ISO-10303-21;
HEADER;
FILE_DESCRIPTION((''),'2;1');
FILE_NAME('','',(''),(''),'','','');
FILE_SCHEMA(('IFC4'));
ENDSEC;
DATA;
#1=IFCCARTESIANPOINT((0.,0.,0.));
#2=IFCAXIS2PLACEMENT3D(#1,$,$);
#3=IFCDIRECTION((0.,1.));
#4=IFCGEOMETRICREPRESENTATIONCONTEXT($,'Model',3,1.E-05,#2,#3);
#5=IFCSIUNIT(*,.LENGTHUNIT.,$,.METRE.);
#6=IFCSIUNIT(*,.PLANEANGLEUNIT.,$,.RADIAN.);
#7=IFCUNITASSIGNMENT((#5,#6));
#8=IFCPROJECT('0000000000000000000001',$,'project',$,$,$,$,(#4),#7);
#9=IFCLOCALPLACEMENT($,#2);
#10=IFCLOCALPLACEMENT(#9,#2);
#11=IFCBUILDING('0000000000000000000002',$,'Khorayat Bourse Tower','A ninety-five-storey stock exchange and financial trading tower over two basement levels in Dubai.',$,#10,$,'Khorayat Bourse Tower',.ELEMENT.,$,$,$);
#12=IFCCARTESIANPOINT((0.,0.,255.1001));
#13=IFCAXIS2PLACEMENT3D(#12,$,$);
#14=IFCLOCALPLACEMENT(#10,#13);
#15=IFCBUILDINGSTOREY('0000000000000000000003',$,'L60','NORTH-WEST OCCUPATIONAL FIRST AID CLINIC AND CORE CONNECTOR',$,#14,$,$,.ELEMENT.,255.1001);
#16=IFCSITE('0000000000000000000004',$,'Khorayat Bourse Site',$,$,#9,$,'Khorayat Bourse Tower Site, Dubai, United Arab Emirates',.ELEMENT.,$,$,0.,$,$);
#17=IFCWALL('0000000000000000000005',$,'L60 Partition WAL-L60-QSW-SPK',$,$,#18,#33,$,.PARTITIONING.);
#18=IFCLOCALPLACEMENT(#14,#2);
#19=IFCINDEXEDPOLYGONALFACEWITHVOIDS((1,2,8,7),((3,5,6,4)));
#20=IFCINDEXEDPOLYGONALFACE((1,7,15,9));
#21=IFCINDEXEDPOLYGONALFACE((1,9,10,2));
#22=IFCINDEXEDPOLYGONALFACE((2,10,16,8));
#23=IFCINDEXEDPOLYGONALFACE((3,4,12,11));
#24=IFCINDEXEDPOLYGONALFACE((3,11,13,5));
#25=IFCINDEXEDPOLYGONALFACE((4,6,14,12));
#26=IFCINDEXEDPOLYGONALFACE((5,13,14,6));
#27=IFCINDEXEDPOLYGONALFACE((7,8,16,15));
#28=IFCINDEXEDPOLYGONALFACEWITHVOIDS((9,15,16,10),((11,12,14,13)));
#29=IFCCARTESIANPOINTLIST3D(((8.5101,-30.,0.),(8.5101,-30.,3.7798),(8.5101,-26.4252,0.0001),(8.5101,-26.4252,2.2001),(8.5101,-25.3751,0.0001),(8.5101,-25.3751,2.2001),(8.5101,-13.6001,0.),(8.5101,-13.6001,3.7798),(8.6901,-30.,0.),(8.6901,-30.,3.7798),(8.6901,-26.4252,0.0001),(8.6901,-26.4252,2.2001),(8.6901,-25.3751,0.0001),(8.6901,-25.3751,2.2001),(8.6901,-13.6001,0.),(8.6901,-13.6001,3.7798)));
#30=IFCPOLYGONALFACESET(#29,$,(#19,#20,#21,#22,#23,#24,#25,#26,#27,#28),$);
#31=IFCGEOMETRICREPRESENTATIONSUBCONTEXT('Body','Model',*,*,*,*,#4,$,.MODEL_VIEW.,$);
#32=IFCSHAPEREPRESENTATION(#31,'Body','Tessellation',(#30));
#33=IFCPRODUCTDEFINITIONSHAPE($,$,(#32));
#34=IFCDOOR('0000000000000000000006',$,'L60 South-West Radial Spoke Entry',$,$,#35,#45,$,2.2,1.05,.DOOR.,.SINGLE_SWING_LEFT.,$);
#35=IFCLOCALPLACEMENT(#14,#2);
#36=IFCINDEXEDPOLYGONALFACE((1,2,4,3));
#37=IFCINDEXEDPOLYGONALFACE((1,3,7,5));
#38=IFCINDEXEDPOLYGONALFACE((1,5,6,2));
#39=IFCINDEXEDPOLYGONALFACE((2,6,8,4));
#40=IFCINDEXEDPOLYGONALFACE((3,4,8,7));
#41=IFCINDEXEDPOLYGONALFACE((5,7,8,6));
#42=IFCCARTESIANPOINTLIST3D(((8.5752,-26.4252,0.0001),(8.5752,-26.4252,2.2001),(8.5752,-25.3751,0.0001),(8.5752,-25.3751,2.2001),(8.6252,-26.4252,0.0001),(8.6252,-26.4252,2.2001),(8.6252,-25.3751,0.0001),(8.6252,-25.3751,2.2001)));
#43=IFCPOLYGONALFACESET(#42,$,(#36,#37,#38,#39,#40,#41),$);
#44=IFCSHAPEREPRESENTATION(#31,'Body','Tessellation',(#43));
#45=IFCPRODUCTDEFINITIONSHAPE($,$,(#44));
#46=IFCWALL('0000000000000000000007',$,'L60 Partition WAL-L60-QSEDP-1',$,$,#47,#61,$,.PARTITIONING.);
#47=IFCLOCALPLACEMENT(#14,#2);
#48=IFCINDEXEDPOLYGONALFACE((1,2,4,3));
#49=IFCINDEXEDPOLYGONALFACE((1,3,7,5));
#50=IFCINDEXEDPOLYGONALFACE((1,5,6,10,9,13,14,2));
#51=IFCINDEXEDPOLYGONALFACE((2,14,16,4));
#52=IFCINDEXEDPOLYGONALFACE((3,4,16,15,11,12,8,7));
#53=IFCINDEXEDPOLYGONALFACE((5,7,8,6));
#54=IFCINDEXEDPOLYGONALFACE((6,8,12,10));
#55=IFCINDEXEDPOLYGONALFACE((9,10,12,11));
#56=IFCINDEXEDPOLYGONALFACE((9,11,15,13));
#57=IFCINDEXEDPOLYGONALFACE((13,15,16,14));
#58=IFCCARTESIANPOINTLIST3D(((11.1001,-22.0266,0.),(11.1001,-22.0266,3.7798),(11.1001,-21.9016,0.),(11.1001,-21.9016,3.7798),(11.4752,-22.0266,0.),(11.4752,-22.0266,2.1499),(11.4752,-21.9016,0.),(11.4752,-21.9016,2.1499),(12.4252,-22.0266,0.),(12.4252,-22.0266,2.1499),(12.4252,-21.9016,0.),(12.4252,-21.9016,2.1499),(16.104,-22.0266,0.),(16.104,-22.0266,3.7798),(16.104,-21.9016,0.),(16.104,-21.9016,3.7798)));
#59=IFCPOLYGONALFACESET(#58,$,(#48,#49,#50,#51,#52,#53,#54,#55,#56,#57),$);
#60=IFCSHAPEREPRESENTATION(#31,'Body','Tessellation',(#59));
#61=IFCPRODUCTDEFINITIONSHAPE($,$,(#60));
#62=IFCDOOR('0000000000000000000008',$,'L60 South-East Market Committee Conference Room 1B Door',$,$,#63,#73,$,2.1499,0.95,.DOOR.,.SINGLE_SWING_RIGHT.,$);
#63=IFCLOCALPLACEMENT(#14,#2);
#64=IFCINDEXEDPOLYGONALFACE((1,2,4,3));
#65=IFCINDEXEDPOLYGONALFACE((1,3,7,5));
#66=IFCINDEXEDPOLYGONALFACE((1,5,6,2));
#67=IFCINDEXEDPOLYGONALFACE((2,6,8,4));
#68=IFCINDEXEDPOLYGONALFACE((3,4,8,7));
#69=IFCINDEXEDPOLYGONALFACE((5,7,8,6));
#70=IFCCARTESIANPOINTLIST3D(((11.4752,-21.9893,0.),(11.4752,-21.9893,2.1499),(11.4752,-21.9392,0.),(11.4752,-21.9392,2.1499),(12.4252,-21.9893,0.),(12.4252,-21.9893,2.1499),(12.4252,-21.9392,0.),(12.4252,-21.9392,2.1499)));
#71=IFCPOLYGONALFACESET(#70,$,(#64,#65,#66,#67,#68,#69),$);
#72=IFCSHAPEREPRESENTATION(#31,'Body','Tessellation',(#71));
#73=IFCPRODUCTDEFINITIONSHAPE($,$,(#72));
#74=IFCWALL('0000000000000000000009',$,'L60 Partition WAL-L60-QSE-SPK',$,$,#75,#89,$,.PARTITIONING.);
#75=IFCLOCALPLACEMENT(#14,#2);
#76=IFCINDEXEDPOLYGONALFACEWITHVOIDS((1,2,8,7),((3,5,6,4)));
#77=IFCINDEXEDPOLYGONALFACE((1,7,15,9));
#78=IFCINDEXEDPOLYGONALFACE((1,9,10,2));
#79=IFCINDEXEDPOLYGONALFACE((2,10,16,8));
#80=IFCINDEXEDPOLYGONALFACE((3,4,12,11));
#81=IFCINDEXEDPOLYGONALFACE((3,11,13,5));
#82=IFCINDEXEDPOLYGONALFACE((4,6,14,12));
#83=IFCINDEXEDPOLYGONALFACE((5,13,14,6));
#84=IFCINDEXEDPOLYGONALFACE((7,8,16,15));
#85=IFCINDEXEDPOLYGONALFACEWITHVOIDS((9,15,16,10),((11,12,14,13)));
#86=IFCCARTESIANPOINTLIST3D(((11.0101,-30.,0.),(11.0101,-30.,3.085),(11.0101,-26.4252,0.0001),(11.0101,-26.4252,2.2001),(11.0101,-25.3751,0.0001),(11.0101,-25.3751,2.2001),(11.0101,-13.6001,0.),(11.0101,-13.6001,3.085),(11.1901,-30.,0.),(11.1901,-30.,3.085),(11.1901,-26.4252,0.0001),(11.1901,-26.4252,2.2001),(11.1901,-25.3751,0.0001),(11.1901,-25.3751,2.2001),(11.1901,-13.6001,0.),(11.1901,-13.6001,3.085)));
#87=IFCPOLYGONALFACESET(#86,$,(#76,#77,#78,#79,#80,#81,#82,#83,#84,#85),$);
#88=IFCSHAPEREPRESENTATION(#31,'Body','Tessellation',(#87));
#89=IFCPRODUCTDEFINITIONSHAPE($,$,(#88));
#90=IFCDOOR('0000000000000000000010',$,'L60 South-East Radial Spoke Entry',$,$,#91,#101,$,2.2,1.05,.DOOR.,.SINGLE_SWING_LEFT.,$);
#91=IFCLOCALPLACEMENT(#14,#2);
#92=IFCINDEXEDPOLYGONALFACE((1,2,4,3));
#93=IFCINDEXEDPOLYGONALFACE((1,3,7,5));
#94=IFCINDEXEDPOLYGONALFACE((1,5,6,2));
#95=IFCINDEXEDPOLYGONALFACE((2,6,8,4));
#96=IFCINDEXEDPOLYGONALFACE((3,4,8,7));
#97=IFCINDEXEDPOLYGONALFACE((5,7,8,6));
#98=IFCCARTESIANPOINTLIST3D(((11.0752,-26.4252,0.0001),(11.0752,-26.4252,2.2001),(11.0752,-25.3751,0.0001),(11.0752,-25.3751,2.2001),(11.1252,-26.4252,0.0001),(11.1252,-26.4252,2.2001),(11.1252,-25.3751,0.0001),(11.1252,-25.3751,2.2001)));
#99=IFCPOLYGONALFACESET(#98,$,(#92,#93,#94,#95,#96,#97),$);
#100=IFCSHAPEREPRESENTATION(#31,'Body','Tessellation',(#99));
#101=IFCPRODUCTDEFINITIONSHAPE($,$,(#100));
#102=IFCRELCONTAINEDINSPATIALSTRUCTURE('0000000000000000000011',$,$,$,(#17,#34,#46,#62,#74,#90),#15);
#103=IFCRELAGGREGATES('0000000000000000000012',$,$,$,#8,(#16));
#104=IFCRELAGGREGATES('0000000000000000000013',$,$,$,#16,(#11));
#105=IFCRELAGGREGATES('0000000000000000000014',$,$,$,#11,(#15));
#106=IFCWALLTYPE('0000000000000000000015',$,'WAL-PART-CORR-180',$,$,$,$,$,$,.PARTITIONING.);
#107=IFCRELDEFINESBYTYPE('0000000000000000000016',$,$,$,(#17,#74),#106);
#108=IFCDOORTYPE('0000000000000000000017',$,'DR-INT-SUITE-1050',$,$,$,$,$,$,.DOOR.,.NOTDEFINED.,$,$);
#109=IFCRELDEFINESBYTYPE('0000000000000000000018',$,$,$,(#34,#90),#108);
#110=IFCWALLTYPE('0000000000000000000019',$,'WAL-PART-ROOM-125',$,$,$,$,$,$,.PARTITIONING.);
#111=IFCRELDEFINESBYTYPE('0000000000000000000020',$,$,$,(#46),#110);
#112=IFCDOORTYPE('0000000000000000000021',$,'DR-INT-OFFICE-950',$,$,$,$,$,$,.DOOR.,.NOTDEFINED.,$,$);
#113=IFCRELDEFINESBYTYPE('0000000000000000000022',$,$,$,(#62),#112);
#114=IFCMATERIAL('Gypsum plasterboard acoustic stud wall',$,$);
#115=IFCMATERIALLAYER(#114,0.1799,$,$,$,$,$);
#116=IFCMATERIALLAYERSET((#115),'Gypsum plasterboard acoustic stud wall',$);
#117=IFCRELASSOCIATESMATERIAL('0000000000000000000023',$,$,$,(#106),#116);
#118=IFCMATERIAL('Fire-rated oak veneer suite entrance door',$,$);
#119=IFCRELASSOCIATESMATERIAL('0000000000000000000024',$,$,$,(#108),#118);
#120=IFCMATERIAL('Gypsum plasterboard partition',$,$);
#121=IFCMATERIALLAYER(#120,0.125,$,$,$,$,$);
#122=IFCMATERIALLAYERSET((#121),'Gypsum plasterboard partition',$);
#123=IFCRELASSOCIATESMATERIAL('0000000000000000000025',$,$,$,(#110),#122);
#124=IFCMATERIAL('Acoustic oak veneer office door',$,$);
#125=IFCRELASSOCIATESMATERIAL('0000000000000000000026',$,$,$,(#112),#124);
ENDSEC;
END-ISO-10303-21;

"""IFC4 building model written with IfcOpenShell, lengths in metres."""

from ifc_helpers import new_model, si_unit, direction, frame, frame_2d, origin, place, context, subcontext, project, spatial, rectangle, extrude, source, transform, mapped, material, layer, layer_set, type_object, element, fill, save


model = new_model("IFC4")

# Units and contexts
model_context = context("Model", 3, precision=1e-05, world=origin(), true_north=direction((0.0, 1.0)))
body_context = subcontext(model_context, "Body", "Model", "MODEL_VIEW")
ifc_project = project(units=[si_unit("LENGTHUNIT", "METRE"), si_unit("PLANEANGLEUNIT", "RADIAN")], contexts=[model_context])

# Site, building, storey
site_placement = place(None, origin())
site = spatial("IfcSite", under=ifc_project, at=site_placement, Name="Khorayat Bourse Site", LongName="Khorayat Bourse Tower Site, Dubai, United Arab Emirates", CompositionType="ELEMENT", RefElevation=0.0)
building_placement = place(site_placement, origin())
building = spatial("IfcBuilding", under=site, at=building_placement, Name="Khorayat Bourse Tower", Description="A ninety-five-storey stock exchange and financial trading tower over two basement levels in Dubai.", LongName="Khorayat Bourse Tower", CompositionType="ELEMENT")
storey_placement = place(building_placement, frame((0.0, 0.0, 255.1001)))
storey = spatial("IfcBuildingStorey", under=building, at=storey_placement, Name="L60", Description="NORTH-WEST OCCUPATIONAL FIRST AID CLINIC AND CORE CONNECTOR", CompositionType="ELEMENT", Elevation=255.1001)

# Walls, openings, doors
ifc_material_1 = material(Name="Gypsum plasterboard acoustic stud wall")
ifc_layer_1 = layer(ifc_material_1, 0.1799)
ifc_layer_set_1 = layer_set([ifc_layer_1], Name="Gypsum plasterboard acoustic stud wall")
wall_type_1 = type_object("IfcWallType", Name="WAL-PART-CORR-180", PredefinedType="PARTITIONING", material=ifc_layer_set_1)
shared_shape_1 = source(origin(), body_context, "Body", "SweptSolid", [
    extrude(rectangle(XDim=16.3999, YDim=0.1799, at=frame_2d((8.2, 0.0))), origin(), (0.0, 0.0, 1.0), 3.7798),
])
wall_1_placement = place(storey_placement, frame((8.6001, -30.0, 0.0), z_axis=(0.0, 0.0, 1.0), x_axis=(0.0, 1.0, 0.0)))
wall_1 = element("IfcWall", 1, at=wall_1_placement, inside=storey, type_object=wall_type_1, Name="L60 Partition WAL-L60-QSW-SPK", PredefinedType="PARTITIONING", context=body_context, shape_type="MappedRepresentation", body=[
    mapped(shared_shape_1, transform((0.0, 0.0, 0.0), scale=1.0)),
])
shared_shape_2 = source(origin(), body_context, "Body", "SweptSolid", [
    extrude(rectangle(XDim=1.05, YDim=2.2, at=frame_2d((0.5249, 1.1001))), frame((0.0, 0.0999, 0.0), z_axis=(0.0, -1.0, 0.0), x_axis=(1.0, 0.0, 0.0)), (0.0, 0.0, 1.0), 0.2),
])
opening_1_placement = place(wall_1_placement, frame((3.575, 0.0, 0.0)))
opening_1 = element("IfcOpeningElement", 2, at=opening_1_placement, cuts=wall_1, PredefinedType="OPENING", context=body_context, shape_type="MappedRepresentation", body=[
    mapped(shared_shape_2, transform((0.0, 0.0, 0.0), scale=1.0)),
])
ifc_material_2 = material(Name="Fire-rated oak veneer suite entrance door")
door_type_1 = type_object("IfcDoorType", Name="DR-INT-SUITE-1050", OperationType="NOTDEFINED", PredefinedType="DOOR", material=ifc_material_2)
shared_shape_3 = source(origin(), body_context, "Body", "SweptSolid", [
    extrude(rectangle(XDim=1.05, YDim=2.2, at=frame_2d((0.5249, 1.1001))), frame((0.0, 0.0249, 0.0), z_axis=(0.0, -1.0, 0.0), x_axis=(1.0, 0.0, 0.0)), (0.0, 0.0, 1.0), 0.05),
])
door_1_placement = place(opening_1_placement, origin())
door_1 = element("IfcDoor", 3, at=door_1_placement, inside=storey, type_object=door_type_1, Name="L60 South-West Radial Spoke Entry", OperationType="SINGLE_SWING_LEFT", OverallHeight=2.2, OverallWidth=1.05, PredefinedType="DOOR", context=body_context, shape_type="MappedRepresentation", body=[
    mapped(shared_shape_3, transform((0.0, 0.0, 0.0), scale=1.0)),
])
fill(opening_1, door_1)
ifc_material_3 = material(Name="Gypsum plasterboard partition")
ifc_layer_2 = layer(ifc_material_3, 0.125)
ifc_layer_set_2 = layer_set([ifc_layer_2], Name="Gypsum plasterboard partition")
wall_type_2 = type_object("IfcWallType", Name="WAL-PART-ROOM-125", PredefinedType="PARTITIONING", material=ifc_layer_set_2)
shared_shape_4 = source(origin(), body_context, "Body", "SweptSolid", [
    extrude(rectangle(XDim=5.0039, YDim=0.125, at=frame_2d((2.502, 0.0))), origin(), (0.0, 0.0, 1.0), 3.7798),
])
wall_2_placement = place(storey_placement, frame((11.1001, -21.9641, 0.0), z_axis=(0.0, 0.0, 1.0), x_axis=(1.0, 0.0, 0.0)))
wall_2 = element("IfcWall", 4, at=wall_2_placement, inside=storey, type_object=wall_type_2, Name="L60 Partition WAL-L60-QSEDP-1", PredefinedType="PARTITIONING", context=body_context, shape_type="MappedRepresentation", body=[
    mapped(shared_shape_4, transform((0.0, 0.0, 0.0), scale=1.0)),
])
shared_shape_5 = source(origin(), body_context, "Body", "SweptSolid", [
    extrude(rectangle(XDim=0.95, YDim=2.1499, at=frame_2d((0.4751, 1.075))), frame((0.0, 0.0725, 0.0), z_axis=(0.0, -1.0, 0.0), x_axis=(1.0, 0.0, 0.0)), (0.0, 0.0, 1.0), 0.145),
])
opening_2_placement = place(wall_2_placement, frame((0.375, 0.0, 0.0)))
opening_2 = element("IfcOpeningElement", 5, at=opening_2_placement, cuts=wall_2, PredefinedType="OPENING", context=body_context, shape_type="MappedRepresentation", body=[
    mapped(shared_shape_5, transform((0.0, 0.0, 0.0), scale=1.0)),
])
ifc_material_4 = material(Name="Acoustic oak veneer office door")
door_type_2 = type_object("IfcDoorType", Name="DR-INT-OFFICE-950", OperationType="NOTDEFINED", PredefinedType="DOOR", material=ifc_material_4)
shared_shape_6 = source(origin(), body_context, "Body", "SweptSolid", [
    extrude(rectangle(XDim=0.95, YDim=2.1499, at=frame_2d((0.4751, 1.075))), frame((0.0, 0.0249, 0.0), z_axis=(0.0, -1.0, 0.0), x_axis=(1.0, 0.0, 0.0)), (0.0, 0.0, 1.0), 0.05),
])
door_2_placement = place(opening_2_placement, origin())
door_2 = element("IfcDoor", 6, at=door_2_placement, inside=storey, type_object=door_type_2, Name="L60 South-East Market Committee Conference Room 1B Door", OperationType="SINGLE_SWING_RIGHT", OverallHeight=2.1499, OverallWidth=0.95, PredefinedType="DOOR", context=body_context, shape_type="MappedRepresentation", body=[
    mapped(shared_shape_6, transform((0.0, 0.0, 0.0), scale=1.0)),
])
fill(opening_2, door_2)
shared_shape_7 = source(origin(), body_context, "Body", "SweptSolid", [
    extrude(rectangle(XDim=16.3999, YDim=0.1799, at=frame_2d((8.2, 0.0))), origin(), (0.0, 0.0, 1.0), 3.085),
])
wall_3_placement = place(storey_placement, frame((11.1001, -30.0, 0.0), z_axis=(0.0, 0.0, 1.0), x_axis=(0.0, 1.0, 0.0)))
wall_3 = element("IfcWall", 7, at=wall_3_placement, inside=storey, type_object=wall_type_1, Name="L60 Partition WAL-L60-QSE-SPK", PredefinedType="PARTITIONING", context=body_context, shape_type="MappedRepresentation", body=[
    mapped(shared_shape_7, transform((0.0, 0.0, 0.0), scale=1.0)),
])
opening_3_placement = place(wall_3_placement, frame((3.575, 0.0, 0.0)))
opening_3 = element("IfcOpeningElement", 8, at=opening_3_placement, cuts=wall_3, PredefinedType="OPENING", context=body_context, shape_type="MappedRepresentation", body=[
    mapped(shared_shape_2, transform((0.0, 0.0, 0.0), scale=1.0)),
])
door_3_placement = place(opening_3_placement, origin())
door_3 = element("IfcDoor", 9, at=door_3_placement, inside=storey, type_object=door_type_1, Name="L60 South-East Radial Spoke Entry", OperationType="SINGLE_SWING_LEFT", OverallHeight=2.2, OverallWidth=1.05, PredefinedType="DOOR", context=body_context, shape_type="MappedRepresentation", body=[
    mapped(shared_shape_3, transform((0.0, 0.0, 0.0), scale=1.0)),
])
fill(opening_3, door_3)

save(model, "model.ifc")
